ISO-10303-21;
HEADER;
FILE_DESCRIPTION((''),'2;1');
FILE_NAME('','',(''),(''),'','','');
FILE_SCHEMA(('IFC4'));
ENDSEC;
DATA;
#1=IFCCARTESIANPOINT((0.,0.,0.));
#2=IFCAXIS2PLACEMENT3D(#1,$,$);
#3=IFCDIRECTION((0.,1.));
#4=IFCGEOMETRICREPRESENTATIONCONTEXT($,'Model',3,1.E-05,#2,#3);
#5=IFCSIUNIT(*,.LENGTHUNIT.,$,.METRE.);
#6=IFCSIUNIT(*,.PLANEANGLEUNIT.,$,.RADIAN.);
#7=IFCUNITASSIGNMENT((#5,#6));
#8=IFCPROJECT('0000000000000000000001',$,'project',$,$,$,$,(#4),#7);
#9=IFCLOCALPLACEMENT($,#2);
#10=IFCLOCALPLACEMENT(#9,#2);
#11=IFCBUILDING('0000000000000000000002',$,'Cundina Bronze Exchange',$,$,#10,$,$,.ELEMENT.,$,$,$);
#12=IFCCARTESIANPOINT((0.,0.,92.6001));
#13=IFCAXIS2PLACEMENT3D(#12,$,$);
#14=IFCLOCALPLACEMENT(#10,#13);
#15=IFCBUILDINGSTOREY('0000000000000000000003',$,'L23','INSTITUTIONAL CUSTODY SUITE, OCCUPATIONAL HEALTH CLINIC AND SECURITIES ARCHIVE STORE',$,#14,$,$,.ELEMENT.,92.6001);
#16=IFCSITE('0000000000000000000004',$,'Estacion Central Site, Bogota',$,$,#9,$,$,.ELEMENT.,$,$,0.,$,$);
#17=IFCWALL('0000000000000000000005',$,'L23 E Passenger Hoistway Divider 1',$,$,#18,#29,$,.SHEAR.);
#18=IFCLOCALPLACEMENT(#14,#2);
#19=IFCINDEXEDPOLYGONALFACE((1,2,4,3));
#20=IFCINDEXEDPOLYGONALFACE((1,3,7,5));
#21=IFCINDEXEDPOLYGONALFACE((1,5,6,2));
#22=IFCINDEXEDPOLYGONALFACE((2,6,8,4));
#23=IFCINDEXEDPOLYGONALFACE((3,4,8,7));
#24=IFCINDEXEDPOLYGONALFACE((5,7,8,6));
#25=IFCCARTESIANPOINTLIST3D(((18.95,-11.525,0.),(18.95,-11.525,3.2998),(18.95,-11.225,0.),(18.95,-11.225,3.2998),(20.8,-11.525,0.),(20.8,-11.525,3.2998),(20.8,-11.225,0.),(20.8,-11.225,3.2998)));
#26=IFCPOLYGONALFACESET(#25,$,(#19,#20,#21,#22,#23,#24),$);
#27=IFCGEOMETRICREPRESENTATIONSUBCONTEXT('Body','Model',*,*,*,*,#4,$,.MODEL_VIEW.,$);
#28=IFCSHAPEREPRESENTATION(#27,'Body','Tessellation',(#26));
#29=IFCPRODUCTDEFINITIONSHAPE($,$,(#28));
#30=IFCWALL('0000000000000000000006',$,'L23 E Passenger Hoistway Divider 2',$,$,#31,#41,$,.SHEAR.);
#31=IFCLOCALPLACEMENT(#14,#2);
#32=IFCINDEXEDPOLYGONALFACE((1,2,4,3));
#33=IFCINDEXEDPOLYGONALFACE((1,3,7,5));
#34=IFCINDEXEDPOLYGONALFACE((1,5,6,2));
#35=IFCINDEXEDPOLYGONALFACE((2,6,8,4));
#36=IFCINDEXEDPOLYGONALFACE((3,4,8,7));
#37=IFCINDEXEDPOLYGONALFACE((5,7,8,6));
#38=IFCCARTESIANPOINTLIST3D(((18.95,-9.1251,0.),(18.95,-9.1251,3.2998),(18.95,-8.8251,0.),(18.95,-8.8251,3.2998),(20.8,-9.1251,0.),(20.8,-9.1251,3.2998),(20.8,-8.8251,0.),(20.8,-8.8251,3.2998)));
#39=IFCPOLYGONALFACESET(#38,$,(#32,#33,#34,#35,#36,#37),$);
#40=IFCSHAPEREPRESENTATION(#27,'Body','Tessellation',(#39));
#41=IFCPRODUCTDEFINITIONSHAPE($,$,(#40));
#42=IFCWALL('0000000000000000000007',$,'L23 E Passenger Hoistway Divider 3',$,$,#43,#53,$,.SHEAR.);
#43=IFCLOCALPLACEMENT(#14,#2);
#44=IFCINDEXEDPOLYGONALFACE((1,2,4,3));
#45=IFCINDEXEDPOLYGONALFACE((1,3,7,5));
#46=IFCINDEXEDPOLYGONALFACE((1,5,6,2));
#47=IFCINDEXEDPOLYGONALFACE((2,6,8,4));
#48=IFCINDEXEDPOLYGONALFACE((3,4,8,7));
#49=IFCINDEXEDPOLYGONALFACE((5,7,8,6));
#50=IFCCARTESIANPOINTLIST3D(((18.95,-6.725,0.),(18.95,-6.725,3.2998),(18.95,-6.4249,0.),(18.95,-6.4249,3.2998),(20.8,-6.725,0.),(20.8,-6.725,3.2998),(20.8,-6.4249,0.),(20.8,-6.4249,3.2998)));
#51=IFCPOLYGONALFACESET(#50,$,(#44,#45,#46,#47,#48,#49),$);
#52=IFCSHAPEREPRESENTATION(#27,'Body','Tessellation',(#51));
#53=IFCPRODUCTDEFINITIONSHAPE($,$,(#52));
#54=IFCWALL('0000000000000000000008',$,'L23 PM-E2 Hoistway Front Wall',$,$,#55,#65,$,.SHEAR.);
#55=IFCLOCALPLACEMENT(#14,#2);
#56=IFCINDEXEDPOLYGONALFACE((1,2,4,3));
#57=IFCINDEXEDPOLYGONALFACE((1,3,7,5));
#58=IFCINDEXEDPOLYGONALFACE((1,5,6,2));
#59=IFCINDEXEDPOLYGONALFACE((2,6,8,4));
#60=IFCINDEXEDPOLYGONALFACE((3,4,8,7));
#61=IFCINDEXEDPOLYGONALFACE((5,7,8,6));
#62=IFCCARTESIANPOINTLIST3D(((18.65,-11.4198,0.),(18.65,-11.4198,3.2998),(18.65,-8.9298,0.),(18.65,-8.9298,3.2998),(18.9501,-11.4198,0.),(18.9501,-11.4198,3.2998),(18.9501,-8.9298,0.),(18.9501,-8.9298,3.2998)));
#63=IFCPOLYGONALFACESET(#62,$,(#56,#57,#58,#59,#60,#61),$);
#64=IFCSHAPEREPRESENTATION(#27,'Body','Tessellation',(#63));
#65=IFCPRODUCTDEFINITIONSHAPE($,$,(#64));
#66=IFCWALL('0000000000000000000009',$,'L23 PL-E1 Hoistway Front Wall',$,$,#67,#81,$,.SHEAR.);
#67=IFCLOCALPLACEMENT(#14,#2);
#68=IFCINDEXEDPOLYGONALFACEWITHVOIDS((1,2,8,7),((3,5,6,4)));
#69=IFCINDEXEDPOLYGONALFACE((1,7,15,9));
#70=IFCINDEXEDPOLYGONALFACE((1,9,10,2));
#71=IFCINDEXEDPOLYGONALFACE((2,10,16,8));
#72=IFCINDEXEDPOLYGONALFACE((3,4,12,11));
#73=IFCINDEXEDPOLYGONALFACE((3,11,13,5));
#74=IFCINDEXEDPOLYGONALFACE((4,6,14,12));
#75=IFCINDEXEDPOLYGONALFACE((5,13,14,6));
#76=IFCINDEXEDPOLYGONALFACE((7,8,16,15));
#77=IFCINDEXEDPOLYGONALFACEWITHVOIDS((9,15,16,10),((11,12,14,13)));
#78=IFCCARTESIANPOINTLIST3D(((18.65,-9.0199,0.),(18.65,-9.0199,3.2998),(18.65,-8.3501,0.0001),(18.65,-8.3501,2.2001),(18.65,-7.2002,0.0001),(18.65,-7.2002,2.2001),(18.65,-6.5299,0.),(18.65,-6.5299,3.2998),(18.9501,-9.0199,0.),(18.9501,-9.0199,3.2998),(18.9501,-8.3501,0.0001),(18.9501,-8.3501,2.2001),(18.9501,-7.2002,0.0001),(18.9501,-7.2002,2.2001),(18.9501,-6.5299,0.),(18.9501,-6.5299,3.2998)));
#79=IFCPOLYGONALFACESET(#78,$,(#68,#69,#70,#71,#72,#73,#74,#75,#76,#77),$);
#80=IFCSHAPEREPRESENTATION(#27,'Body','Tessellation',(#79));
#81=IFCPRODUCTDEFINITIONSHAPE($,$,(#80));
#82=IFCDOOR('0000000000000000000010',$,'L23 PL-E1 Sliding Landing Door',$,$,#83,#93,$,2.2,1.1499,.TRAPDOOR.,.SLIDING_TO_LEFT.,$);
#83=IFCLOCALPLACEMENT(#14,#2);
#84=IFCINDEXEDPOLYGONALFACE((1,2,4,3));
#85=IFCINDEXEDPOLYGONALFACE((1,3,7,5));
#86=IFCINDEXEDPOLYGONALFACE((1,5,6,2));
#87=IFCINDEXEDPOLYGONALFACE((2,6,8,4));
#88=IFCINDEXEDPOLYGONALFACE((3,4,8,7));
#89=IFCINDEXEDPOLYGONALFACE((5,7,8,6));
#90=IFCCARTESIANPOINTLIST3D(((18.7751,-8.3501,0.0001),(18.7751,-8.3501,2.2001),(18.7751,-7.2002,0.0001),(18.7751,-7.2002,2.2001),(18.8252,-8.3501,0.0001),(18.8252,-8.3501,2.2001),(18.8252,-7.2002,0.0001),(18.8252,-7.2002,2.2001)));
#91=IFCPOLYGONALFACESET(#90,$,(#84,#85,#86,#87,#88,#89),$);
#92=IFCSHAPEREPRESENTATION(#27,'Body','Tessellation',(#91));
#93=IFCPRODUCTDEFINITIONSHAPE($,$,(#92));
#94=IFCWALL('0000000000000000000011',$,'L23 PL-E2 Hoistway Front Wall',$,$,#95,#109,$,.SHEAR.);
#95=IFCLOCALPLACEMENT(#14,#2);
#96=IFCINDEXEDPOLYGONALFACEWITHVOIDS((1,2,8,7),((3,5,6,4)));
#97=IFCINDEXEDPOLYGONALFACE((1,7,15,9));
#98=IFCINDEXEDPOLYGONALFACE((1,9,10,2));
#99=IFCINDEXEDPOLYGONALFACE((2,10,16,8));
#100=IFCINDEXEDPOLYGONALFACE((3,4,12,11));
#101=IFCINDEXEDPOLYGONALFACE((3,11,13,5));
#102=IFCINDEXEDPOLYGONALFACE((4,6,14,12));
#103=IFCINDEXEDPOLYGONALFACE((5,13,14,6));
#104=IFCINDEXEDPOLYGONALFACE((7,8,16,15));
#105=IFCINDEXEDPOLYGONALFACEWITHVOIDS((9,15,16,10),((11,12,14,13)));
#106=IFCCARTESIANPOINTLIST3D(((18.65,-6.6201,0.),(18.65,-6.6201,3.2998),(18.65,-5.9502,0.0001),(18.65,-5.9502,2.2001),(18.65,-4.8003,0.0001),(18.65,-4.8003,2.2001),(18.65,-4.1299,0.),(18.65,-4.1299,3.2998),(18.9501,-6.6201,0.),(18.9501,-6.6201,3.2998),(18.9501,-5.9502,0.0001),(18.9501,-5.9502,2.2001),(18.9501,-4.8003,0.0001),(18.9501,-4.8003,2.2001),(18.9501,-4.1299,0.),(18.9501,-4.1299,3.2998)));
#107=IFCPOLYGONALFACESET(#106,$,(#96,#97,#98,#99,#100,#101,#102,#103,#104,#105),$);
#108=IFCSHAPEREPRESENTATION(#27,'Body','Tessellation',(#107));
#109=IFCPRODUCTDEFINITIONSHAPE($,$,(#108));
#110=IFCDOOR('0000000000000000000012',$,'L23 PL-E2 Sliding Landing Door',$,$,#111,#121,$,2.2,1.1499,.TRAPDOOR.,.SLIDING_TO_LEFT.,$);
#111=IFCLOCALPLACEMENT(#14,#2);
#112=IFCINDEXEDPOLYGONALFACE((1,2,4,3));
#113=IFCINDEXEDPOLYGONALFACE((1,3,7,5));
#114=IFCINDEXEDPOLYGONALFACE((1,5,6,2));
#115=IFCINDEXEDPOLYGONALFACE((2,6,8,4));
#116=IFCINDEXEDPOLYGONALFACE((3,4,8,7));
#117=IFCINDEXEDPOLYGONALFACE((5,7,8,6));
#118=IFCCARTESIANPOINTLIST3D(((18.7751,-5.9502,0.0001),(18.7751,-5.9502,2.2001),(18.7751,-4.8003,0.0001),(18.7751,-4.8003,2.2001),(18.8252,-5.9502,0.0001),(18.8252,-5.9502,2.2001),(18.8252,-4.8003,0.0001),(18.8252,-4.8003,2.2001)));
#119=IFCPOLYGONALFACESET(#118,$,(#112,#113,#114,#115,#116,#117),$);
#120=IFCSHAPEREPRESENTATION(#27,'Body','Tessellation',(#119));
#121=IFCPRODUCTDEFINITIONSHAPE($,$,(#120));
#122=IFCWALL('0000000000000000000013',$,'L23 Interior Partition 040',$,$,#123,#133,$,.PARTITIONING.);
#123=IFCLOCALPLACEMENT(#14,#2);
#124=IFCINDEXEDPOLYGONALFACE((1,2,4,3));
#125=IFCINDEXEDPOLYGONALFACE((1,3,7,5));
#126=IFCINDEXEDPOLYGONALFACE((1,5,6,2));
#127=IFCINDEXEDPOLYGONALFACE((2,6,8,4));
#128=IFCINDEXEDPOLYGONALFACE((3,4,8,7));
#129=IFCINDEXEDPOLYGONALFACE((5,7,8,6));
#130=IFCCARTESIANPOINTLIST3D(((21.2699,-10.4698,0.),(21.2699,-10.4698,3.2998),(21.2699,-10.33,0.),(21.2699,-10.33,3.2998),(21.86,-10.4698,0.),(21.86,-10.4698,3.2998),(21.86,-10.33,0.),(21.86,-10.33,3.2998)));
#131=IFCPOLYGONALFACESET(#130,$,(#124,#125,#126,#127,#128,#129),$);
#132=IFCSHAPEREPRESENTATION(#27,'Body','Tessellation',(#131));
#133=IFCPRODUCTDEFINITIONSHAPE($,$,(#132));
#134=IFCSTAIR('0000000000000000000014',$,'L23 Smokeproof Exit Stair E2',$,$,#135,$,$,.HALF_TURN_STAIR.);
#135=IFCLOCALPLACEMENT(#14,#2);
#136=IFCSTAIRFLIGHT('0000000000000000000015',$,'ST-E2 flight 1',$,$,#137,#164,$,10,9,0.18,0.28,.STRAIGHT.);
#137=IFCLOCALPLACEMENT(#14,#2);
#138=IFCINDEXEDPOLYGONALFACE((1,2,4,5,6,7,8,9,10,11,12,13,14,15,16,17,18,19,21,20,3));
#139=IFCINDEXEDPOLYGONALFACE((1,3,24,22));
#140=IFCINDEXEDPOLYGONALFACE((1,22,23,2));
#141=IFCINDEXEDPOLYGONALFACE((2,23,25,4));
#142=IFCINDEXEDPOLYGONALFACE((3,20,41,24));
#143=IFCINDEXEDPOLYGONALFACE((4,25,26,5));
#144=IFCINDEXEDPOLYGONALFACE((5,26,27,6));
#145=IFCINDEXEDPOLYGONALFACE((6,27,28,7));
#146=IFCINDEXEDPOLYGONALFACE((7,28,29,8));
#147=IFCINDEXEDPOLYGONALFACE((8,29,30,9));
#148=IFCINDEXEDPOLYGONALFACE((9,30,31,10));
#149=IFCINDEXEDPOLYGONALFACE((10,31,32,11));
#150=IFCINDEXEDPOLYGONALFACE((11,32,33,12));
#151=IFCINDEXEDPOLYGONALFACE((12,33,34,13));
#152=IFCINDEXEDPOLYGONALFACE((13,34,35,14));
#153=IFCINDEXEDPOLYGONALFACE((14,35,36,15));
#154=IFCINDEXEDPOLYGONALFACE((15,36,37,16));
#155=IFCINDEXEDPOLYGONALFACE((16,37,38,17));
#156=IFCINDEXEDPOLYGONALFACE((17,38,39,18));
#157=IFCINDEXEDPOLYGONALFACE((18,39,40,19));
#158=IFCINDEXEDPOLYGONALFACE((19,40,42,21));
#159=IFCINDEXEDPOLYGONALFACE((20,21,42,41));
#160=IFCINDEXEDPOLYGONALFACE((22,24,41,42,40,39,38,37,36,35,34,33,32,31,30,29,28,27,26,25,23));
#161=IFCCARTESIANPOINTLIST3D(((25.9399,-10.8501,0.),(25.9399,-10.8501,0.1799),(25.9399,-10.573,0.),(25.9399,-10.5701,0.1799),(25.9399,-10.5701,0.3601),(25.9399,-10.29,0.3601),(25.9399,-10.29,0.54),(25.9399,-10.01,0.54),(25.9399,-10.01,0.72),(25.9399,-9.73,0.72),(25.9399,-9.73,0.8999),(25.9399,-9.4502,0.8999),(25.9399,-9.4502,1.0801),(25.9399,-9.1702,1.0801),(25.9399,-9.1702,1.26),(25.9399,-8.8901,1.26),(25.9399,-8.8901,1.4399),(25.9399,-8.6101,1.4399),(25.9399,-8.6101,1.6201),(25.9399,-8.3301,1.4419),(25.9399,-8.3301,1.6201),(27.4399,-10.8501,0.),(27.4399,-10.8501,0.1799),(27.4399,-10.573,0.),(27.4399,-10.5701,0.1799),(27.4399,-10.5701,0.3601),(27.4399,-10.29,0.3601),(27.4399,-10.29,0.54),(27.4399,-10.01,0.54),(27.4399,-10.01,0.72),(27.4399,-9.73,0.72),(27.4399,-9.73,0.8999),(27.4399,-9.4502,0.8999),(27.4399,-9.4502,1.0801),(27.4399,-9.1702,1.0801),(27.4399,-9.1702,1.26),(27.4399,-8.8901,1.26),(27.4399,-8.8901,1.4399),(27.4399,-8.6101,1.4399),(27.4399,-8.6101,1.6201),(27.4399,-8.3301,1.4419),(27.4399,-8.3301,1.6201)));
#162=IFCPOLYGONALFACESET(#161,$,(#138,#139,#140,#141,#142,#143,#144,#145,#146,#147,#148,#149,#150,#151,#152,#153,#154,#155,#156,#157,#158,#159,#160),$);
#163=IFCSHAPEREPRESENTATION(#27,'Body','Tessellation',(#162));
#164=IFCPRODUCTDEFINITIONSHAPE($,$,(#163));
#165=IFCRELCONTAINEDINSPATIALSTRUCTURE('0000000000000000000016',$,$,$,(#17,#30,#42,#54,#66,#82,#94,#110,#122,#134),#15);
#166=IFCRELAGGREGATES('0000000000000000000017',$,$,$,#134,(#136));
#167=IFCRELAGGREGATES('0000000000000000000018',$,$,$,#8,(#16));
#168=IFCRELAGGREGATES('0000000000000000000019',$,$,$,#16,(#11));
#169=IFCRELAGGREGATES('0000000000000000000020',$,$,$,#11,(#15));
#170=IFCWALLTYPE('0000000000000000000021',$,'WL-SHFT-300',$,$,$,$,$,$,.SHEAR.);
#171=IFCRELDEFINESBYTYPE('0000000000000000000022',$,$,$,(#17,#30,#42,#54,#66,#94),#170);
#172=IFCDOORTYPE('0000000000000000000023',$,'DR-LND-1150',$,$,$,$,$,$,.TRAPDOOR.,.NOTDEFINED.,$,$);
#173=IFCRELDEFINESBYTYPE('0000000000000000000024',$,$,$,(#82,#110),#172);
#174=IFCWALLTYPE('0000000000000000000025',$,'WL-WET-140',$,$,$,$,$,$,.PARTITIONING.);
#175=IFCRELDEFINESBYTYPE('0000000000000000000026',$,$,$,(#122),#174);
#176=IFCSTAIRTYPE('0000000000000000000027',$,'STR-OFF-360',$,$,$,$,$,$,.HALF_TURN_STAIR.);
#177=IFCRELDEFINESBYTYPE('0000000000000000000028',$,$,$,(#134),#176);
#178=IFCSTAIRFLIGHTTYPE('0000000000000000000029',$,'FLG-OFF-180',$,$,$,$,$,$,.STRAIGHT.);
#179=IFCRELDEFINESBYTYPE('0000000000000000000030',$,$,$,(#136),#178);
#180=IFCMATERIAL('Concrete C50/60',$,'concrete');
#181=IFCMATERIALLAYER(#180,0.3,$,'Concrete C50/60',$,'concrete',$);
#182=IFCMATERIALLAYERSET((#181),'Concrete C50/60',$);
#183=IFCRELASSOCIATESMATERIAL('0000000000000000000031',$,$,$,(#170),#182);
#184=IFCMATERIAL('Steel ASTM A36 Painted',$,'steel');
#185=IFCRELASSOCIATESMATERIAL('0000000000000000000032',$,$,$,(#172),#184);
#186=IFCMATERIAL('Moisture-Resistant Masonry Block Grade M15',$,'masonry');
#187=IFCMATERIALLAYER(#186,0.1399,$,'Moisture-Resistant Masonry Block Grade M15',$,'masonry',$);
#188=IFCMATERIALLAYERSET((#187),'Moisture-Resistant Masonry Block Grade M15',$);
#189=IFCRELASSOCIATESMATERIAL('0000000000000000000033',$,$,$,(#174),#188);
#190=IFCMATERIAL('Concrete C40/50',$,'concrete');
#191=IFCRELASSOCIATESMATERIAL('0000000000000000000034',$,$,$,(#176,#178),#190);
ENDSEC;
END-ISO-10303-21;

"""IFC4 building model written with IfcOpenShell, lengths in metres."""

from ifc_helpers import new_model, si_unit, direction, frame, frame_2d, origin, place, context, subcontext, project, spatial, polyline, rectangle, outline, extrude, material, layer, layer_set, type_object, element, fill, aggregate, save


model = new_model("IFC4")

# Units and contexts
model_context = context("Model", 3, precision=1e-05, world=origin(), true_north=direction((0.0, 1.0)))
body_context = subcontext(model_context, "Body", "Model", "MODEL_VIEW")
ifc_project = project(units=[si_unit("LENGTHUNIT", "METRE"), si_unit("PLANEANGLEUNIT", "RADIAN")], contexts=[model_context])

# Site, building, storey
site_placement = place(None, origin())
site = spatial("IfcSite", under=ifc_project, at=site_placement, Name="Estacion Central Site, Bogota", CompositionType="ELEMENT", RefElevation=0.0)
building_placement = place(site_placement, origin())
building = spatial("IfcBuilding", under=site, at=building_placement, Name="Cundina Bronze Exchange", CompositionType="ELEMENT")
storey_placement = place(building_placement, frame((0.0, 0.0, 92.6001)))
storey = spatial("IfcBuildingStorey", under=building, at=storey_placement, Name="L23", Description="INSTITUTIONAL CUSTODY SUITE, OCCUPATIONAL HEALTH CLINIC AND SECURITIES ARCHIVE STORE", CompositionType="ELEMENT", Elevation=92.6001)

# Shared definitions
ifc_material_1 = material(Name="Concrete C50/60", Category="concrete")
ifc_layer_1 = layer(ifc_material_1, 0.3, Name="Concrete C50/60", Category="concrete")
ifc_layer_set_1 = layer_set([ifc_layer_1], Name="Concrete C50/60")
wall_type_1 = type_object("IfcWallType", Name="WL-SHFT-300", PredefinedType="SHEAR", material=ifc_layer_set_1)

# Shared definitions
ifc_material_2 = material(Name="Steel ASTM A36 Painted", Category="steel")
door_type_1 = type_object("IfcDoorType", Name="DR-LND-1150", OperationType="NOTDEFINED", PredefinedType="TRAPDOOR", material=ifc_material_2)

# Walls
for number, where, z_axis, x_axis, name in (
    (1, (18.95, -11.375, 0.0), (0.0, 0.0, 1.0), (1.0, 0.0, 0.0), "L23 E Passenger Hoistway Divider 1"),
    (2, (18.95, -8.9751, 0.0), (0.0, 0.0, 1.0), (1.0, 0.0, 0.0), "L23 E Passenger Hoistway Divider 2"),
    (3, (18.95, -6.575, 0.0), (0.0, 0.0, 1.0), (1.0, 0.0, 0.0), "L23 E Passenger Hoistway Divider 3"),
):
    element("IfcWall", number, at=place(storey_placement, frame(where, z_axis=z_axis, x_axis=x_axis)), inside=storey, type_object=wall_type_1, Name=name, PredefinedType="SHEAR", context=body_context, shape_type="SweptSolid", body=[
        extrude(rectangle(XDim=1.8501, YDim=0.3, at=frame_2d((0.925, 0.0))), origin(), (0.0, 0.0, 1.0), 3.2998),
    ])
wall_1_placement = place(storey_placement, frame((18.8, -11.4199, 0.0), z_axis=(0.0, 0.0, 1.0), x_axis=(0.0, 1.0, 0.0)))
element("IfcWall", 4, at=wall_1_placement, inside=storey, type_object=wall_type_1, Name="L23 PM-E2 Hoistway Front Wall", PredefinedType="SHEAR", context=body_context, shape_type="SweptSolid", body=[
    extrude(rectangle(XDim=2.49, YDim=0.3, at=frame_2d((1.2451, 0.0))), origin(), (0.0, 0.0, 1.0), 3.2998),
])

# Walls, openings, doors
wall_2_placement = place(storey_placement, frame((18.8, -9.02, 0.0), z_axis=(0.0, 0.0, 1.0), x_axis=(0.0, 1.0, 0.0)))
wall_2 = element("IfcWall", 5, at=wall_2_placement, inside=storey, type_object=wall_type_1, Name="L23 PL-E1 Hoistway Front Wall", PredefinedType="SHEAR", context=body_context, shape_type="SweptSolid", body=[
    extrude(rectangle(XDim=2.49, YDim=0.3, at=frame_2d((1.2451, 0.0))), origin(), (0.0, 0.0, 1.0), 3.2998),
])
opening_1_placement = place(wall_2_placement, frame((0.6699, 0.0, 0.0)))
opening_1 = element("IfcOpeningElement", 6, at=opening_1_placement, cuts=wall_2, PredefinedType="OPENING", context=body_context, shape_type="SweptSolid", body=[
    extrude(rectangle(XDim=1.1499, YDim=2.2, at=frame_2d((0.575, 1.1001))), frame((0.0, 0.1599, 0.0), z_axis=(0.0, -1.0, 0.0), x_axis=(1.0, 0.0, 0.0)), (0.0, 0.0, 1.0), 0.3201),
])
door_1_placement = place(opening_1_placement, origin())
door_1 = element("IfcDoor", 7, at=door_1_placement, inside=storey, type_object=door_type_1, Name="L23 PL-E1 Sliding Landing Door", OperationType="SLIDING_TO_LEFT", OverallHeight=2.2, OverallWidth=1.1499, PredefinedType="TRAPDOOR", context=body_context, shape_type="SweptSolid", body=[
    extrude(rectangle(XDim=1.1499, YDim=2.2, at=frame_2d((0.575, 1.1001))), frame((0.0, 0.0249, 0.0), z_axis=(0.0, -1.0, 0.0), x_axis=(1.0, 0.0, 0.0)), (0.0, 0.0, 1.0), 0.05),
])
fill(opening_1, door_1)
wall_3_placement = place(storey_placement, frame((18.8, -6.6201, 0.0), z_axis=(0.0, 0.0, 1.0), x_axis=(0.0, 1.0, 0.0)))
wall_3 = element("IfcWall", 8, at=wall_3_placement, inside=storey, type_object=wall_type_1, Name="L23 PL-E2 Hoistway Front Wall", PredefinedType="SHEAR", context=body_context, shape_type="SweptSolid", body=[
    extrude(rectangle(XDim=2.4902, YDim=0.3, at=frame_2d((1.2451, 0.0))), origin(), (0.0, 0.0, 1.0), 3.2998),
])
opening_2_placement = place(wall_3_placement, frame((0.6699, 0.0, 0.0)))
opening_2 = element("IfcOpeningElement", 9, at=opening_2_placement, cuts=wall_3, PredefinedType="OPENING", context=body_context, shape_type="SweptSolid", body=[
    extrude(rectangle(XDim=1.1499, YDim=2.2, at=frame_2d((0.575, 1.1001))), frame((0.0, 0.1599, 0.0), z_axis=(0.0, -1.0, 0.0), x_axis=(1.0, 0.0, 0.0)), (0.0, 0.0, 1.0), 0.3201),
])
door_2_placement = place(opening_2_placement, origin())
door_2 = element("IfcDoor", 10, at=door_2_placement, inside=storey, type_object=door_type_1, Name="L23 PL-E2 Sliding Landing Door", OperationType="SLIDING_TO_LEFT", OverallHeight=2.2, OverallWidth=1.1499, PredefinedType="TRAPDOOR", context=body_context, shape_type="SweptSolid", body=[
    extrude(rectangle(XDim=1.1499, YDim=2.2, at=frame_2d((0.575, 1.1001))), frame((0.0, 0.0249, 0.0), z_axis=(0.0, -1.0, 0.0), x_axis=(1.0, 0.0, 0.0)), (0.0, 0.0, 1.0), 0.05),
])
fill(opening_2, door_2)

# Wall
ifc_material_3 = material(Name="Moisture-Resistant Masonry Block Grade M15", Category="masonry")
ifc_layer_2 = layer(ifc_material_3, 0.1399, Name="Moisture-Resistant Masonry Block Grade M15", Category="masonry")
ifc_layer_set_2 = layer_set([ifc_layer_2], Name="Moisture-Resistant Masonry Block Grade M15")
wall_type_2 = type_object("IfcWallType", Name="WL-WET-140", PredefinedType="PARTITIONING", material=ifc_layer_set_2)
wall_4_placement = place(storey_placement, frame((21.27, -10.3999, 0.0), z_axis=(0.0, 0.0, 1.0), x_axis=(1.0, 0.0, 0.0)))
element("IfcWall", 11, at=wall_4_placement, inside=storey, type_object=wall_type_2, Name="L23 Interior Partition 040", PredefinedType="PARTITIONING", context=body_context, shape_type="SweptSolid", body=[
    extrude(rectangle(XDim=0.5901, YDim=0.1399, at=frame_2d((0.2949, 0.0))), origin(), (0.0, 0.0, 1.0), 3.2998),
])

# Stair, stair flight
ifc_material_4 = material(Name="Concrete C40/50", Category="concrete")
stair_type = type_object("IfcStairType", Name="STR-OFF-360", PredefinedType="HALF_TURN_STAIR", material=ifc_material_4)
stair_placement = place(storey_placement, origin())
stair = element("IfcStair", 12, at=stair_placement, inside=storey, type_object=stair_type, Name="L23 Smokeproof Exit Stair E2", PredefinedType="HALF_TURN_STAIR")
stair_flight_type = type_object("IfcStairFlightType", Name="FLG-OFF-180", PredefinedType="STRAIGHT", material=ifc_material_4)
stair_flight_1_placement = place(storey_placement, frame((26.6899, -10.8501, 0.0), z_axis=(0.0, 0.0, 1.0), x_axis=(0.0, 1.0, 0.0)))
stair_flight_1 = element("IfcStairFlight", 13, at=stair_flight_1_placement, type_object=stair_flight_type, Name="ST-E2 flight 1", NumberOfRisers=10, NumberOfTreads=9, PredefinedType="STRAIGHT", RiserHeight=0.18, TreadLength=0.28, context=body_context, shape_type="SweptSolid", body=[
    extrude(outline(polyline([(0.0, 0.0), (0.0, 0.1799), (0.28, 0.1799), (0.28, 0.3601), (0.5601, 0.3601), (0.5601, 0.54), (0.8401, 0.54), (0.8401, 0.72), (1.1201, 0.72), (1.1201, 0.8999), (1.3999, 0.8999), (1.3999, 1.0801), (1.6799, 1.0801), (1.6799, 1.26), (1.96, 1.26), (1.96, 1.4399), (2.24, 1.4399), (2.24, 1.6201), (2.52, 1.6201), (2.52, 1.8), (2.52, 1.4419), (0.2771, 0.0), (0.0, 0.0)])), frame((0.0, 0.75, 0.0), z_axis=(0.0, -1.0, 0.0), x_axis=(1.0, 0.0, 0.0)), (0.0, 0.0, 1.0), 1.5),
])
aggregate(stair, [stair_flight_1])

save(model, "model.ifc")
